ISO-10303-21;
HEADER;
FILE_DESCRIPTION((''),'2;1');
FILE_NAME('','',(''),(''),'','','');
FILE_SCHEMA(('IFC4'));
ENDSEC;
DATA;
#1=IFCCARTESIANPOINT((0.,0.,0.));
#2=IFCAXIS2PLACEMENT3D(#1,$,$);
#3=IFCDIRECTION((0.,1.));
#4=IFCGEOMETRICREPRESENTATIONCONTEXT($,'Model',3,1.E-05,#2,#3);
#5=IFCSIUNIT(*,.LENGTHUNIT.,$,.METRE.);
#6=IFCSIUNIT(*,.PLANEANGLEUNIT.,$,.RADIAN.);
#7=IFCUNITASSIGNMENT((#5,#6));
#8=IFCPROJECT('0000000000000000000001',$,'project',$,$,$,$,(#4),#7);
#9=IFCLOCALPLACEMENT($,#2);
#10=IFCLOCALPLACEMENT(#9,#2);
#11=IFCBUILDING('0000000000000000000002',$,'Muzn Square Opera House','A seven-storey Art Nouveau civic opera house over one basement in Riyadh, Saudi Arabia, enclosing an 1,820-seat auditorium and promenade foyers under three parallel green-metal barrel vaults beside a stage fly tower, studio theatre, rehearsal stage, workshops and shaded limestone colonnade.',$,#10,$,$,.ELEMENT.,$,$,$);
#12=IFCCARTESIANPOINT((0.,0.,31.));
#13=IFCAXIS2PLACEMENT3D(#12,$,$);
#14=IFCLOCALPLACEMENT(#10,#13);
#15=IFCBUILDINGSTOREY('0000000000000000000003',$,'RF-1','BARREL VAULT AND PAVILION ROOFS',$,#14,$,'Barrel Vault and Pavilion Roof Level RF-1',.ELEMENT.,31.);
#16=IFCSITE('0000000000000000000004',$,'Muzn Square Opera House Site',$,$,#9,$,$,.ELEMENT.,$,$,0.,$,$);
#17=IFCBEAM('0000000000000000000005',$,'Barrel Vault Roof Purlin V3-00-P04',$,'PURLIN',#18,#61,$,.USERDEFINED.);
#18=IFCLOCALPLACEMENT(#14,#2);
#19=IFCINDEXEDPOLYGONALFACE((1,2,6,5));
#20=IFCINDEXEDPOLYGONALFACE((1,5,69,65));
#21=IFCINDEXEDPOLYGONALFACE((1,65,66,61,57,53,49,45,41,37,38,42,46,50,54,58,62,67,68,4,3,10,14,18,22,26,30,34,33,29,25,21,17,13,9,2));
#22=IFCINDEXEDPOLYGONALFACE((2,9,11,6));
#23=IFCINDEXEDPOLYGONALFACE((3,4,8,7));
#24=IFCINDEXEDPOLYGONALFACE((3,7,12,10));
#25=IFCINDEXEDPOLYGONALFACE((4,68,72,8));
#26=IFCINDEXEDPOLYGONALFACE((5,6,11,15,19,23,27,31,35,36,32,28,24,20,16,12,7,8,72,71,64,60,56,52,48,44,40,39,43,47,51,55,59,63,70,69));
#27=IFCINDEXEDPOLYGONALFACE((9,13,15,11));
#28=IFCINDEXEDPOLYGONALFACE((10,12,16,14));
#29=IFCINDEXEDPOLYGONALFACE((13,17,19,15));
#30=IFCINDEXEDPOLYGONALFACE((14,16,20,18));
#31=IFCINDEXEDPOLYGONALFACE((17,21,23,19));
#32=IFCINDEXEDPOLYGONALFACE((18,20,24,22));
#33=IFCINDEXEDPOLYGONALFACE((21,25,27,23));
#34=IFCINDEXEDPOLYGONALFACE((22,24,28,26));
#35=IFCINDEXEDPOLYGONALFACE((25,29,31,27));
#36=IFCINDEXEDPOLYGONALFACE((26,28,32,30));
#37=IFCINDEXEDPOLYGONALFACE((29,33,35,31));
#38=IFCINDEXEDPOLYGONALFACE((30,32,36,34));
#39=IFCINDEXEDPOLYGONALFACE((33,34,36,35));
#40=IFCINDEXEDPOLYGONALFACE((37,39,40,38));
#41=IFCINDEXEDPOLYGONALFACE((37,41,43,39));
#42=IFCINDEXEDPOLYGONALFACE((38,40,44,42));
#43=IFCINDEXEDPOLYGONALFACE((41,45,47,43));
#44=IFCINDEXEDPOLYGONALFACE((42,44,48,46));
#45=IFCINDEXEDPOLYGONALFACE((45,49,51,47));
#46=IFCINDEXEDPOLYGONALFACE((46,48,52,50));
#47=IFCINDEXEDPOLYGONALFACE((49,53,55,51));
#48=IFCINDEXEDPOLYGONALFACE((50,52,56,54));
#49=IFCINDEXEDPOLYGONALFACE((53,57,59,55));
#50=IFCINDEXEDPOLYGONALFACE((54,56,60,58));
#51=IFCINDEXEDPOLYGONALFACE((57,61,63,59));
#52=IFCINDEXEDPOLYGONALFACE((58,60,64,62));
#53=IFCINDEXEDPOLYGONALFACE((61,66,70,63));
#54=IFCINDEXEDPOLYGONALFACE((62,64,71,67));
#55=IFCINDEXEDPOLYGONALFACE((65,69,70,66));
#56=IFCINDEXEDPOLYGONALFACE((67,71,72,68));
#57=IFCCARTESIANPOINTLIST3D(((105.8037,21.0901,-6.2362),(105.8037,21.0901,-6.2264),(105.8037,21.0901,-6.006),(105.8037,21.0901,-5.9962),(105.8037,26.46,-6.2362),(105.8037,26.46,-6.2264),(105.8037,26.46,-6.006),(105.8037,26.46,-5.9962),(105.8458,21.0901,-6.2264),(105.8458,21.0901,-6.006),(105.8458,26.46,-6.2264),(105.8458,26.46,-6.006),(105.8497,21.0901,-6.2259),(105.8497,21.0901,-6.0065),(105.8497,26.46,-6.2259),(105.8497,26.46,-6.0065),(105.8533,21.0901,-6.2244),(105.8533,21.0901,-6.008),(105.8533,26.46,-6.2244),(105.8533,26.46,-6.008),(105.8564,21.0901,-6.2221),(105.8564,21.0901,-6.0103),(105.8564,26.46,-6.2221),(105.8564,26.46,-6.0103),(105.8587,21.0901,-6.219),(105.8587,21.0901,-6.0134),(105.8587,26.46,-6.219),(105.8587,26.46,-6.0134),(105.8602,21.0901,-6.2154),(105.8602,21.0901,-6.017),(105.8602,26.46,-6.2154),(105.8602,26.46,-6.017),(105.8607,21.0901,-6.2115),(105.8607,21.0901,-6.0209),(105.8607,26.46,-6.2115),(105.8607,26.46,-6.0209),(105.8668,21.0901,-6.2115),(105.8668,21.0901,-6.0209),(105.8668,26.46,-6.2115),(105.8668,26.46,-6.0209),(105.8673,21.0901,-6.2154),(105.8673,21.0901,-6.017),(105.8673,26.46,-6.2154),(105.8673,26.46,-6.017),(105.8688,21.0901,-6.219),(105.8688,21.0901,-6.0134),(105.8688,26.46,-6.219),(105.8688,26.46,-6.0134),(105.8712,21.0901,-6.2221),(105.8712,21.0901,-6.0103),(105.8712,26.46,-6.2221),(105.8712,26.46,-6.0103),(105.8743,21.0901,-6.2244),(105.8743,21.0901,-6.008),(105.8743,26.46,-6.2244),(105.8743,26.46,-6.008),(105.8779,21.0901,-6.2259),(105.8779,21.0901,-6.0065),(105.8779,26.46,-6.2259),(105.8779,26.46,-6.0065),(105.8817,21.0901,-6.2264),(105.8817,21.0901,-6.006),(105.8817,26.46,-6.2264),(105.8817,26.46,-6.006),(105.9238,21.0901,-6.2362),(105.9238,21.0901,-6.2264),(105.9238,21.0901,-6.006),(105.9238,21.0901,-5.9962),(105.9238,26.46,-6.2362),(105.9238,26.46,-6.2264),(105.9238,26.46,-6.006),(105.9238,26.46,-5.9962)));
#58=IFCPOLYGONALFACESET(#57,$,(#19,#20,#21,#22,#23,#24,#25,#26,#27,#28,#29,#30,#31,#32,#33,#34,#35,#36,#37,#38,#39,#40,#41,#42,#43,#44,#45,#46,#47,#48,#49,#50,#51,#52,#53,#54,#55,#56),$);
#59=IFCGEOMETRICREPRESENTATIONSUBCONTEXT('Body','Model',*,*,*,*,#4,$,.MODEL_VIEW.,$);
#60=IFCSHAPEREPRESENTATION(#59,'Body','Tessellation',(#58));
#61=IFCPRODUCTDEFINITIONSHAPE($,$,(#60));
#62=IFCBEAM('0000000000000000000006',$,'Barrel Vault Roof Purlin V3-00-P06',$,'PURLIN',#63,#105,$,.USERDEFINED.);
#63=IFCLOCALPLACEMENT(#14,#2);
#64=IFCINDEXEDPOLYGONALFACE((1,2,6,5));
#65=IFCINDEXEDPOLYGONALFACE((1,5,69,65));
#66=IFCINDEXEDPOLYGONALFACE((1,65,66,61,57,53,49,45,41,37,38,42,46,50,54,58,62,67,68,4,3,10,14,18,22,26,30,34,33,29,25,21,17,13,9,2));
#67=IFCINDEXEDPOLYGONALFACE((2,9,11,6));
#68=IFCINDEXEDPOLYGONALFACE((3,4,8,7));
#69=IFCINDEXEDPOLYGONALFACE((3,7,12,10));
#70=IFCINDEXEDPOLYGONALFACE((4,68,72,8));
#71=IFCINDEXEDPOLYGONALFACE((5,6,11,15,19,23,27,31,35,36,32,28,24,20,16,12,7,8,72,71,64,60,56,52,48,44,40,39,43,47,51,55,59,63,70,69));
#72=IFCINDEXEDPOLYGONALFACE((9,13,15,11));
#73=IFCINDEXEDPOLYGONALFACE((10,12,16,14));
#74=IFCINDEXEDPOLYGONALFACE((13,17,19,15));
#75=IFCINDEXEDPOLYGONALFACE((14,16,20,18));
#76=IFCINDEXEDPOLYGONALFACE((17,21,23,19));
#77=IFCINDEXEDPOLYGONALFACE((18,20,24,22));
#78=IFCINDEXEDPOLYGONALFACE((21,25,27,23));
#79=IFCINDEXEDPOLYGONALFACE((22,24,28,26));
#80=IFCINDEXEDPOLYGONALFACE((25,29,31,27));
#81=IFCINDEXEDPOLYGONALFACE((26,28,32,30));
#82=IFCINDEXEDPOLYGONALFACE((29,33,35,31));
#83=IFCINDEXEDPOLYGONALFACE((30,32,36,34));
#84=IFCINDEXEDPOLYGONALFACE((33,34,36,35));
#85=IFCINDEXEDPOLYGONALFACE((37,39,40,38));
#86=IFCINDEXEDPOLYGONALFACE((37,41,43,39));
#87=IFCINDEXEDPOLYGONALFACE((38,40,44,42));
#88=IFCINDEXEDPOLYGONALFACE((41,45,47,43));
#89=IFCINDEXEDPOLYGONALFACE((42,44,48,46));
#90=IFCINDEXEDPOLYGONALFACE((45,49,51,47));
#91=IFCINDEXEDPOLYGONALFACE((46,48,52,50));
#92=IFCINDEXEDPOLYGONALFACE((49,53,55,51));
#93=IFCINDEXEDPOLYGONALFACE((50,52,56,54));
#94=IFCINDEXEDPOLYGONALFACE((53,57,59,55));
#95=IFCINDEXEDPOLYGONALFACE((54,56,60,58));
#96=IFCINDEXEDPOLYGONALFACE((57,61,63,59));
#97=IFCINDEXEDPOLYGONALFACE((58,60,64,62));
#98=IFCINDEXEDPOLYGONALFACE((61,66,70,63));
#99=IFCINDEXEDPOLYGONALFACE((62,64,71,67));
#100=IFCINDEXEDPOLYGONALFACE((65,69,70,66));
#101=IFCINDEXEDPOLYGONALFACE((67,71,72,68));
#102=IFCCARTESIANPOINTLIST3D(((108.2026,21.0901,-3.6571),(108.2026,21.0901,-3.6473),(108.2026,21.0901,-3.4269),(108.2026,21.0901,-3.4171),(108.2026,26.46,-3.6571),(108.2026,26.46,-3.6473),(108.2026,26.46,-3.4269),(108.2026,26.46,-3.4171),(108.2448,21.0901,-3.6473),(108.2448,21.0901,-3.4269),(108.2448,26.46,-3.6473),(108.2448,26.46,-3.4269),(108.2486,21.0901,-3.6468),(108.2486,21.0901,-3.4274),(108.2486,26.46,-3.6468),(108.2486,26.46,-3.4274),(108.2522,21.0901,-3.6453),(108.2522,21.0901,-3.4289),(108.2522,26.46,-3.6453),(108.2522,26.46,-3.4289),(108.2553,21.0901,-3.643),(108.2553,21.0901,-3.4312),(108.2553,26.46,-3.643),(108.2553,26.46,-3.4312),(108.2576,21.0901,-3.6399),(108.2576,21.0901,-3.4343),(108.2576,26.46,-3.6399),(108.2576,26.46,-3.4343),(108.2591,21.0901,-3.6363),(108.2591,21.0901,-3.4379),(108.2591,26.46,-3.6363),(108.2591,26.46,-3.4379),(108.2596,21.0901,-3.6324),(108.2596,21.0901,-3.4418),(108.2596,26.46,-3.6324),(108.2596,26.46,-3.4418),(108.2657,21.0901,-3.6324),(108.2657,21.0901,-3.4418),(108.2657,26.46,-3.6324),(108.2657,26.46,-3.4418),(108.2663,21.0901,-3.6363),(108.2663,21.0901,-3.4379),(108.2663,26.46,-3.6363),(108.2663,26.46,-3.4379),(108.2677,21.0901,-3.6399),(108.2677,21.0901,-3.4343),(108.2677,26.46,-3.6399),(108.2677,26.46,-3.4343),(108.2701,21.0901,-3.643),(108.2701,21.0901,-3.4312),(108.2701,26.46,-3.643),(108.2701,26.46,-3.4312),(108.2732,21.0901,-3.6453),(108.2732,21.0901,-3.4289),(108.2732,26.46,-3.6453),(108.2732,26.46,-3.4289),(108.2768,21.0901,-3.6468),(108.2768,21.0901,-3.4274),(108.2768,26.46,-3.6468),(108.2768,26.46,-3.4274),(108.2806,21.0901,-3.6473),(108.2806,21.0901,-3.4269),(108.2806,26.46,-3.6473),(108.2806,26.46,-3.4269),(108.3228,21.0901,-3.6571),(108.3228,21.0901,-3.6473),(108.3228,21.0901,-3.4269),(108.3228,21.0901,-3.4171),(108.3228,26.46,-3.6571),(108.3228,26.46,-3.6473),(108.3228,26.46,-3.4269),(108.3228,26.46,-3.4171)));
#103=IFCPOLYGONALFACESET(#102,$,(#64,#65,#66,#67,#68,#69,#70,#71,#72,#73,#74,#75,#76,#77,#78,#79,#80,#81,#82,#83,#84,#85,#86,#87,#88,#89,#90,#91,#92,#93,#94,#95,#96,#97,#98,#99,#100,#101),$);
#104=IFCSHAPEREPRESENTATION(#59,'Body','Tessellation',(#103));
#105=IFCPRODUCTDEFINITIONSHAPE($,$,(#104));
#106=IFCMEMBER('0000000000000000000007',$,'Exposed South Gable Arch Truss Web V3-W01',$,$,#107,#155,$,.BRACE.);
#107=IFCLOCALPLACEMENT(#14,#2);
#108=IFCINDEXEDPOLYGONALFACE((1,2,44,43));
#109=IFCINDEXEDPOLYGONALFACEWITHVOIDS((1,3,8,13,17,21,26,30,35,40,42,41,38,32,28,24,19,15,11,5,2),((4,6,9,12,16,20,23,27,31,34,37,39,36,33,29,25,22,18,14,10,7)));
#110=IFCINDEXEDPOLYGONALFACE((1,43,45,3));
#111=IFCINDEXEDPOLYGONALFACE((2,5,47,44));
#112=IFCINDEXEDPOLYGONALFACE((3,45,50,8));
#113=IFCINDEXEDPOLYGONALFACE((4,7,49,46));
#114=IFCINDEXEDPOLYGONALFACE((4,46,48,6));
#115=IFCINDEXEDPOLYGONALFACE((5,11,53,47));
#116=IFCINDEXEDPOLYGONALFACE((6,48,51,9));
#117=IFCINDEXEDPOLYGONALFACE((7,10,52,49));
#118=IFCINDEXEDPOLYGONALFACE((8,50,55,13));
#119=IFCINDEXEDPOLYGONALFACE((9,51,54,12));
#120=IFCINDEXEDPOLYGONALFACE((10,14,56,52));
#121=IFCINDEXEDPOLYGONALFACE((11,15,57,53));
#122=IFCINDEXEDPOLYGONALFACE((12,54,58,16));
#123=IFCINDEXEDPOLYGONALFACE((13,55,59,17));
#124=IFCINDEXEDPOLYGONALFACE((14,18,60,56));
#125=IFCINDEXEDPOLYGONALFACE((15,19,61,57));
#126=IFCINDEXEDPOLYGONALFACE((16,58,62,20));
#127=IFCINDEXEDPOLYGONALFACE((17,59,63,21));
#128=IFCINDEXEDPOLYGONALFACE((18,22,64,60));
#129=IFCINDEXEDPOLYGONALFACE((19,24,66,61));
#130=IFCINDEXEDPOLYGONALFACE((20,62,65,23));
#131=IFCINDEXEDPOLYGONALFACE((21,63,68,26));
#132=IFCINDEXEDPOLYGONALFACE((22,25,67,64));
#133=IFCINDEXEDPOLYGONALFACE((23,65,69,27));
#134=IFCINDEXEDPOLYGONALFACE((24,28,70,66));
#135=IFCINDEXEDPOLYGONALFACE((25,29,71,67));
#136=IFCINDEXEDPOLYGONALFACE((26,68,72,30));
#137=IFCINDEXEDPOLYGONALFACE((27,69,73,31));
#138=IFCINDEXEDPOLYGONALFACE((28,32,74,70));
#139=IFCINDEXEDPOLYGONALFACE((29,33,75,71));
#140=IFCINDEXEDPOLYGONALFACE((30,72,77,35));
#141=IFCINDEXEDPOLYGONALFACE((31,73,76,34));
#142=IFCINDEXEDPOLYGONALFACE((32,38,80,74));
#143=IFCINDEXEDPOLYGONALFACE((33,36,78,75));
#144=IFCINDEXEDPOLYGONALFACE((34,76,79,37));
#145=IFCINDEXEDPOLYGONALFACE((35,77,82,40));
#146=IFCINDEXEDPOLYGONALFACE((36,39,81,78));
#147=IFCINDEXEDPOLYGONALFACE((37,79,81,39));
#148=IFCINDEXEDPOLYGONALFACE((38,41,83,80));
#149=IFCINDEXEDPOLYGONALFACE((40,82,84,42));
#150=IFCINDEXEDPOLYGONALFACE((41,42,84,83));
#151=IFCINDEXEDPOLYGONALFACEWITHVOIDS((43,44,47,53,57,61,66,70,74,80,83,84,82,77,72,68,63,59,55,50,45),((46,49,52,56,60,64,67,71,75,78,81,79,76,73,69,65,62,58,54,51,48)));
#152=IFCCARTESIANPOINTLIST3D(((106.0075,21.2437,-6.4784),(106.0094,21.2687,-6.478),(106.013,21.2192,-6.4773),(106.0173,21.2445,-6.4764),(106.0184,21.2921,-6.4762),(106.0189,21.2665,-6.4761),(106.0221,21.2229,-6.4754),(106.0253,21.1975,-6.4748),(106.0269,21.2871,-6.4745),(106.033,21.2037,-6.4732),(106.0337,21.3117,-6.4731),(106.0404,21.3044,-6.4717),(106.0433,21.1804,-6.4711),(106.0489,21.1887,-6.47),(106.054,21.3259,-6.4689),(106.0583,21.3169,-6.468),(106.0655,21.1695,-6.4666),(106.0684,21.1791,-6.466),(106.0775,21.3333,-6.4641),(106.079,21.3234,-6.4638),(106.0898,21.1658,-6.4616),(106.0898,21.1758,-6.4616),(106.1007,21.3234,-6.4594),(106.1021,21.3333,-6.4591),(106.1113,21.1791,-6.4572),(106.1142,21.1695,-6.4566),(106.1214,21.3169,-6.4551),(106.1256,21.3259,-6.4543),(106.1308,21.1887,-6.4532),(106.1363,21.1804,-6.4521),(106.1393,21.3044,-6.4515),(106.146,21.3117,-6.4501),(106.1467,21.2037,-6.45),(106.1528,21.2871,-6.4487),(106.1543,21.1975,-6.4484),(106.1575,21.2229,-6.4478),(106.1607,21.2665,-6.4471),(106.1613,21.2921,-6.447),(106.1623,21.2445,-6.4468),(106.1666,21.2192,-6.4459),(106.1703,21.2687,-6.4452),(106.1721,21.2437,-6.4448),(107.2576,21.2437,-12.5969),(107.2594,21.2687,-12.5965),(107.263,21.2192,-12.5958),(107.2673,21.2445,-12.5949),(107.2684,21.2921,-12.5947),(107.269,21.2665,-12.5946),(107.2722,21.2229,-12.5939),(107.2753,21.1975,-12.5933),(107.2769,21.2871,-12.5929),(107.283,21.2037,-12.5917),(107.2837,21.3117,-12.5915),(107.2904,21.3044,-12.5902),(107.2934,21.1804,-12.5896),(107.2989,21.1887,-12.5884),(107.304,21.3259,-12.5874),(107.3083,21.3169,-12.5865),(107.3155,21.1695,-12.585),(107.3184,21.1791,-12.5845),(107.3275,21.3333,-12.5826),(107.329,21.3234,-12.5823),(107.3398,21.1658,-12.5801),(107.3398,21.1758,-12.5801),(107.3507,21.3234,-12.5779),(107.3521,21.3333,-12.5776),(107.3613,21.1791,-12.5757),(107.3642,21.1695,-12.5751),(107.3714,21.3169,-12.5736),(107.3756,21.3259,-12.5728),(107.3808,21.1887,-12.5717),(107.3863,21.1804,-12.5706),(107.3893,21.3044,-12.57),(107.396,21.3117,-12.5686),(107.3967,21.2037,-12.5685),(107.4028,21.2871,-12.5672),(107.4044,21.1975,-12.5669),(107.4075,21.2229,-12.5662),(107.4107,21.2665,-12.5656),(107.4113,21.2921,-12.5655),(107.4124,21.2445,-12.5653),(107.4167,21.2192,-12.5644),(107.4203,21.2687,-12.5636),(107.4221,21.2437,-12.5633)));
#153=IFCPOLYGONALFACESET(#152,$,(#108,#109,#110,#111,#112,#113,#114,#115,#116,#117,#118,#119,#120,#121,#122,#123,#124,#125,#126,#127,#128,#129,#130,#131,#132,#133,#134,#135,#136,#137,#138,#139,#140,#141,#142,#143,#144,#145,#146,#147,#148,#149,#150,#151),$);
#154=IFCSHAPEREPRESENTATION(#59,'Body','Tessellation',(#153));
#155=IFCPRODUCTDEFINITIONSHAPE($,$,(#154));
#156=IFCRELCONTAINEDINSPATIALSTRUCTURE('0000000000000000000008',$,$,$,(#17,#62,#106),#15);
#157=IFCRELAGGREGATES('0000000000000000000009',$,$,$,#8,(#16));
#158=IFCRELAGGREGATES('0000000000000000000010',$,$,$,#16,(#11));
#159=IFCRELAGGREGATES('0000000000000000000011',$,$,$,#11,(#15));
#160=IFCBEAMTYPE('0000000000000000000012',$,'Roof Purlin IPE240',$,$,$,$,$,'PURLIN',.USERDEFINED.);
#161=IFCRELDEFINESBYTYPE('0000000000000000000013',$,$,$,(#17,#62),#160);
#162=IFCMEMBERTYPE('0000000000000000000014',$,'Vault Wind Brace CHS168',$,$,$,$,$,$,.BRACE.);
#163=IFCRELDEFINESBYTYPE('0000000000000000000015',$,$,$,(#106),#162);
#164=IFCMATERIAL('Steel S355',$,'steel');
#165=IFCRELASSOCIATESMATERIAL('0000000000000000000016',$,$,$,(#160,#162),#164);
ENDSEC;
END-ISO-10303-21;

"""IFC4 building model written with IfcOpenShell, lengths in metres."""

from ifc_helpers import new_model, si_unit, direction, frame, origin, origin_2d, place, context, subcontext, project, spatial, hollow_circle, i_section, extrude, material, material_profile, profile_set, type_object, element, save


model = new_model("IFC4")

# Units and contexts
model_context = context("Model", 3, precision=1e-05, world=origin(), true_north=direction((0.0, 1.0)))
body_context = subcontext(model_context, "Body", "Model", "MODEL_VIEW")
ifc_project = project(units=[si_unit("LENGTHUNIT", "METRE"), si_unit("PLANEANGLEUNIT", "RADIAN")], contexts=[model_context])

# Site, building, storey
site_placement = place(None, origin())
site = spatial("IfcSite", under=ifc_project, at=site_placement, Name="Muzn Square Opera House Site", CompositionType="ELEMENT", RefElevation=0.0)
building_placement = place(site_placement, origin())
building = spatial("IfcBuilding", under=site, at=building_placement, Name="Muzn Square Opera House", Description="A seven-storey Art Nouveau civic opera house over one basement in Riyadh, Saudi Arabia, enclosing an 1,820-seat auditorium and promenade foyers under three parallel green-metal barrel vaults beside a stage fly tower, studio theatre, rehearsal stage, workshops and shaded limestone colonnade.", CompositionType="ELEMENT")
storey_placement = place(building_placement, frame((0.0, 0.0, 31.0)))
storey = spatial("IfcBuildingStorey", under=building, at=storey_placement, Name="RF-1", Description="BARREL VAULT AND PAVILION ROOFS", LongName="Barrel Vault and Pavilion Roof Level RF-1", CompositionType="ELEMENT", Elevation=31.0)

# Beams
ifc_material_1 = material(Name="Steel S355", Category="steel")
ifc_material_profile_1 = material_profile(ifc_material_1, i_section(OverallWidth=0.1201, OverallDepth=0.24, WebThickness=0.0061, FlangeThickness=0.0098, FilletRadius=0.0149, at=origin_2d()), Name="IPE 240", Category="steel")
ifc_profile_set_1 = profile_set([ifc_material_profile_1], Name="Steel S355")
beam_type_1 = type_object("IfcBeamType", Name="Roof Purlin IPE240", ElementType="PURLIN", PredefinedType="USERDEFINED", material=ifc_profile_set_1)
for number, where, z_axis, x_axis, name in (
    (1, (105.8638, 21.0901, -6.1162), (0.0, 1.0, 0.0), (-1.0, 0.0, 0.0), "Barrel Vault Roof Purlin V3-00-P04"),
    (2, (108.2627, 21.0901, -3.5371), (0.0, 1.0, 0.0), (-1.0, 0.0, 0.0), "Barrel Vault Roof Purlin V3-00-P06"),
):
    element("IfcBeam", number, at=place(storey_placement, frame(where, z_axis=z_axis, x_axis=x_axis)), inside=storey, type_object=beam_type_1, Name=name, ObjectType="PURLIN", PredefinedType="USERDEFINED", context=body_context, shape_type="SweptSolid", body=[
        extrude(i_section(OverallWidth=0.1201, OverallDepth=0.24, WebThickness=0.0061, FlangeThickness=0.0098, FilletRadius=0.0149, at=origin_2d()), origin(), (0.0, 0.0, 1.0), 5.3699),
    ])

# Member
ifc_material_profile_2 = material_profile(ifc_material_1, hollow_circle(Radius=0.0842, WallThickness=0.01, at=origin_2d()), Name="CHS 168.3x10", Category="steel")
ifc_profile_set_2 = profile_set([ifc_material_profile_2], Name="Steel S355")
member_type = type_object("IfcMemberType", Name="Vault Wind Brace CHS168", PredefinedType="BRACE", material=ifc_profile_set_2)
member_1_placement = place(storey_placement, frame((107.3398, 21.25, -12.5801), z_axis=(-0.200167, 0.0, 0.979762), x_axis=(0.0, -1.0, 0.0)))
element("IfcMember", 3, at=member_1_placement, inside=storey, type_object=member_type, Name="Exposed South Gable Arch Truss Web V3-W01", PredefinedType="BRACE", context=body_context, shape_type="SweptSolid", body=[
    extrude(hollow_circle(Radius=0.0842, WallThickness=0.01, at=origin_2d()), origin(), (0.0, 0.0, 1.0), 6.2449),
])

save(model, "model.ifc")
